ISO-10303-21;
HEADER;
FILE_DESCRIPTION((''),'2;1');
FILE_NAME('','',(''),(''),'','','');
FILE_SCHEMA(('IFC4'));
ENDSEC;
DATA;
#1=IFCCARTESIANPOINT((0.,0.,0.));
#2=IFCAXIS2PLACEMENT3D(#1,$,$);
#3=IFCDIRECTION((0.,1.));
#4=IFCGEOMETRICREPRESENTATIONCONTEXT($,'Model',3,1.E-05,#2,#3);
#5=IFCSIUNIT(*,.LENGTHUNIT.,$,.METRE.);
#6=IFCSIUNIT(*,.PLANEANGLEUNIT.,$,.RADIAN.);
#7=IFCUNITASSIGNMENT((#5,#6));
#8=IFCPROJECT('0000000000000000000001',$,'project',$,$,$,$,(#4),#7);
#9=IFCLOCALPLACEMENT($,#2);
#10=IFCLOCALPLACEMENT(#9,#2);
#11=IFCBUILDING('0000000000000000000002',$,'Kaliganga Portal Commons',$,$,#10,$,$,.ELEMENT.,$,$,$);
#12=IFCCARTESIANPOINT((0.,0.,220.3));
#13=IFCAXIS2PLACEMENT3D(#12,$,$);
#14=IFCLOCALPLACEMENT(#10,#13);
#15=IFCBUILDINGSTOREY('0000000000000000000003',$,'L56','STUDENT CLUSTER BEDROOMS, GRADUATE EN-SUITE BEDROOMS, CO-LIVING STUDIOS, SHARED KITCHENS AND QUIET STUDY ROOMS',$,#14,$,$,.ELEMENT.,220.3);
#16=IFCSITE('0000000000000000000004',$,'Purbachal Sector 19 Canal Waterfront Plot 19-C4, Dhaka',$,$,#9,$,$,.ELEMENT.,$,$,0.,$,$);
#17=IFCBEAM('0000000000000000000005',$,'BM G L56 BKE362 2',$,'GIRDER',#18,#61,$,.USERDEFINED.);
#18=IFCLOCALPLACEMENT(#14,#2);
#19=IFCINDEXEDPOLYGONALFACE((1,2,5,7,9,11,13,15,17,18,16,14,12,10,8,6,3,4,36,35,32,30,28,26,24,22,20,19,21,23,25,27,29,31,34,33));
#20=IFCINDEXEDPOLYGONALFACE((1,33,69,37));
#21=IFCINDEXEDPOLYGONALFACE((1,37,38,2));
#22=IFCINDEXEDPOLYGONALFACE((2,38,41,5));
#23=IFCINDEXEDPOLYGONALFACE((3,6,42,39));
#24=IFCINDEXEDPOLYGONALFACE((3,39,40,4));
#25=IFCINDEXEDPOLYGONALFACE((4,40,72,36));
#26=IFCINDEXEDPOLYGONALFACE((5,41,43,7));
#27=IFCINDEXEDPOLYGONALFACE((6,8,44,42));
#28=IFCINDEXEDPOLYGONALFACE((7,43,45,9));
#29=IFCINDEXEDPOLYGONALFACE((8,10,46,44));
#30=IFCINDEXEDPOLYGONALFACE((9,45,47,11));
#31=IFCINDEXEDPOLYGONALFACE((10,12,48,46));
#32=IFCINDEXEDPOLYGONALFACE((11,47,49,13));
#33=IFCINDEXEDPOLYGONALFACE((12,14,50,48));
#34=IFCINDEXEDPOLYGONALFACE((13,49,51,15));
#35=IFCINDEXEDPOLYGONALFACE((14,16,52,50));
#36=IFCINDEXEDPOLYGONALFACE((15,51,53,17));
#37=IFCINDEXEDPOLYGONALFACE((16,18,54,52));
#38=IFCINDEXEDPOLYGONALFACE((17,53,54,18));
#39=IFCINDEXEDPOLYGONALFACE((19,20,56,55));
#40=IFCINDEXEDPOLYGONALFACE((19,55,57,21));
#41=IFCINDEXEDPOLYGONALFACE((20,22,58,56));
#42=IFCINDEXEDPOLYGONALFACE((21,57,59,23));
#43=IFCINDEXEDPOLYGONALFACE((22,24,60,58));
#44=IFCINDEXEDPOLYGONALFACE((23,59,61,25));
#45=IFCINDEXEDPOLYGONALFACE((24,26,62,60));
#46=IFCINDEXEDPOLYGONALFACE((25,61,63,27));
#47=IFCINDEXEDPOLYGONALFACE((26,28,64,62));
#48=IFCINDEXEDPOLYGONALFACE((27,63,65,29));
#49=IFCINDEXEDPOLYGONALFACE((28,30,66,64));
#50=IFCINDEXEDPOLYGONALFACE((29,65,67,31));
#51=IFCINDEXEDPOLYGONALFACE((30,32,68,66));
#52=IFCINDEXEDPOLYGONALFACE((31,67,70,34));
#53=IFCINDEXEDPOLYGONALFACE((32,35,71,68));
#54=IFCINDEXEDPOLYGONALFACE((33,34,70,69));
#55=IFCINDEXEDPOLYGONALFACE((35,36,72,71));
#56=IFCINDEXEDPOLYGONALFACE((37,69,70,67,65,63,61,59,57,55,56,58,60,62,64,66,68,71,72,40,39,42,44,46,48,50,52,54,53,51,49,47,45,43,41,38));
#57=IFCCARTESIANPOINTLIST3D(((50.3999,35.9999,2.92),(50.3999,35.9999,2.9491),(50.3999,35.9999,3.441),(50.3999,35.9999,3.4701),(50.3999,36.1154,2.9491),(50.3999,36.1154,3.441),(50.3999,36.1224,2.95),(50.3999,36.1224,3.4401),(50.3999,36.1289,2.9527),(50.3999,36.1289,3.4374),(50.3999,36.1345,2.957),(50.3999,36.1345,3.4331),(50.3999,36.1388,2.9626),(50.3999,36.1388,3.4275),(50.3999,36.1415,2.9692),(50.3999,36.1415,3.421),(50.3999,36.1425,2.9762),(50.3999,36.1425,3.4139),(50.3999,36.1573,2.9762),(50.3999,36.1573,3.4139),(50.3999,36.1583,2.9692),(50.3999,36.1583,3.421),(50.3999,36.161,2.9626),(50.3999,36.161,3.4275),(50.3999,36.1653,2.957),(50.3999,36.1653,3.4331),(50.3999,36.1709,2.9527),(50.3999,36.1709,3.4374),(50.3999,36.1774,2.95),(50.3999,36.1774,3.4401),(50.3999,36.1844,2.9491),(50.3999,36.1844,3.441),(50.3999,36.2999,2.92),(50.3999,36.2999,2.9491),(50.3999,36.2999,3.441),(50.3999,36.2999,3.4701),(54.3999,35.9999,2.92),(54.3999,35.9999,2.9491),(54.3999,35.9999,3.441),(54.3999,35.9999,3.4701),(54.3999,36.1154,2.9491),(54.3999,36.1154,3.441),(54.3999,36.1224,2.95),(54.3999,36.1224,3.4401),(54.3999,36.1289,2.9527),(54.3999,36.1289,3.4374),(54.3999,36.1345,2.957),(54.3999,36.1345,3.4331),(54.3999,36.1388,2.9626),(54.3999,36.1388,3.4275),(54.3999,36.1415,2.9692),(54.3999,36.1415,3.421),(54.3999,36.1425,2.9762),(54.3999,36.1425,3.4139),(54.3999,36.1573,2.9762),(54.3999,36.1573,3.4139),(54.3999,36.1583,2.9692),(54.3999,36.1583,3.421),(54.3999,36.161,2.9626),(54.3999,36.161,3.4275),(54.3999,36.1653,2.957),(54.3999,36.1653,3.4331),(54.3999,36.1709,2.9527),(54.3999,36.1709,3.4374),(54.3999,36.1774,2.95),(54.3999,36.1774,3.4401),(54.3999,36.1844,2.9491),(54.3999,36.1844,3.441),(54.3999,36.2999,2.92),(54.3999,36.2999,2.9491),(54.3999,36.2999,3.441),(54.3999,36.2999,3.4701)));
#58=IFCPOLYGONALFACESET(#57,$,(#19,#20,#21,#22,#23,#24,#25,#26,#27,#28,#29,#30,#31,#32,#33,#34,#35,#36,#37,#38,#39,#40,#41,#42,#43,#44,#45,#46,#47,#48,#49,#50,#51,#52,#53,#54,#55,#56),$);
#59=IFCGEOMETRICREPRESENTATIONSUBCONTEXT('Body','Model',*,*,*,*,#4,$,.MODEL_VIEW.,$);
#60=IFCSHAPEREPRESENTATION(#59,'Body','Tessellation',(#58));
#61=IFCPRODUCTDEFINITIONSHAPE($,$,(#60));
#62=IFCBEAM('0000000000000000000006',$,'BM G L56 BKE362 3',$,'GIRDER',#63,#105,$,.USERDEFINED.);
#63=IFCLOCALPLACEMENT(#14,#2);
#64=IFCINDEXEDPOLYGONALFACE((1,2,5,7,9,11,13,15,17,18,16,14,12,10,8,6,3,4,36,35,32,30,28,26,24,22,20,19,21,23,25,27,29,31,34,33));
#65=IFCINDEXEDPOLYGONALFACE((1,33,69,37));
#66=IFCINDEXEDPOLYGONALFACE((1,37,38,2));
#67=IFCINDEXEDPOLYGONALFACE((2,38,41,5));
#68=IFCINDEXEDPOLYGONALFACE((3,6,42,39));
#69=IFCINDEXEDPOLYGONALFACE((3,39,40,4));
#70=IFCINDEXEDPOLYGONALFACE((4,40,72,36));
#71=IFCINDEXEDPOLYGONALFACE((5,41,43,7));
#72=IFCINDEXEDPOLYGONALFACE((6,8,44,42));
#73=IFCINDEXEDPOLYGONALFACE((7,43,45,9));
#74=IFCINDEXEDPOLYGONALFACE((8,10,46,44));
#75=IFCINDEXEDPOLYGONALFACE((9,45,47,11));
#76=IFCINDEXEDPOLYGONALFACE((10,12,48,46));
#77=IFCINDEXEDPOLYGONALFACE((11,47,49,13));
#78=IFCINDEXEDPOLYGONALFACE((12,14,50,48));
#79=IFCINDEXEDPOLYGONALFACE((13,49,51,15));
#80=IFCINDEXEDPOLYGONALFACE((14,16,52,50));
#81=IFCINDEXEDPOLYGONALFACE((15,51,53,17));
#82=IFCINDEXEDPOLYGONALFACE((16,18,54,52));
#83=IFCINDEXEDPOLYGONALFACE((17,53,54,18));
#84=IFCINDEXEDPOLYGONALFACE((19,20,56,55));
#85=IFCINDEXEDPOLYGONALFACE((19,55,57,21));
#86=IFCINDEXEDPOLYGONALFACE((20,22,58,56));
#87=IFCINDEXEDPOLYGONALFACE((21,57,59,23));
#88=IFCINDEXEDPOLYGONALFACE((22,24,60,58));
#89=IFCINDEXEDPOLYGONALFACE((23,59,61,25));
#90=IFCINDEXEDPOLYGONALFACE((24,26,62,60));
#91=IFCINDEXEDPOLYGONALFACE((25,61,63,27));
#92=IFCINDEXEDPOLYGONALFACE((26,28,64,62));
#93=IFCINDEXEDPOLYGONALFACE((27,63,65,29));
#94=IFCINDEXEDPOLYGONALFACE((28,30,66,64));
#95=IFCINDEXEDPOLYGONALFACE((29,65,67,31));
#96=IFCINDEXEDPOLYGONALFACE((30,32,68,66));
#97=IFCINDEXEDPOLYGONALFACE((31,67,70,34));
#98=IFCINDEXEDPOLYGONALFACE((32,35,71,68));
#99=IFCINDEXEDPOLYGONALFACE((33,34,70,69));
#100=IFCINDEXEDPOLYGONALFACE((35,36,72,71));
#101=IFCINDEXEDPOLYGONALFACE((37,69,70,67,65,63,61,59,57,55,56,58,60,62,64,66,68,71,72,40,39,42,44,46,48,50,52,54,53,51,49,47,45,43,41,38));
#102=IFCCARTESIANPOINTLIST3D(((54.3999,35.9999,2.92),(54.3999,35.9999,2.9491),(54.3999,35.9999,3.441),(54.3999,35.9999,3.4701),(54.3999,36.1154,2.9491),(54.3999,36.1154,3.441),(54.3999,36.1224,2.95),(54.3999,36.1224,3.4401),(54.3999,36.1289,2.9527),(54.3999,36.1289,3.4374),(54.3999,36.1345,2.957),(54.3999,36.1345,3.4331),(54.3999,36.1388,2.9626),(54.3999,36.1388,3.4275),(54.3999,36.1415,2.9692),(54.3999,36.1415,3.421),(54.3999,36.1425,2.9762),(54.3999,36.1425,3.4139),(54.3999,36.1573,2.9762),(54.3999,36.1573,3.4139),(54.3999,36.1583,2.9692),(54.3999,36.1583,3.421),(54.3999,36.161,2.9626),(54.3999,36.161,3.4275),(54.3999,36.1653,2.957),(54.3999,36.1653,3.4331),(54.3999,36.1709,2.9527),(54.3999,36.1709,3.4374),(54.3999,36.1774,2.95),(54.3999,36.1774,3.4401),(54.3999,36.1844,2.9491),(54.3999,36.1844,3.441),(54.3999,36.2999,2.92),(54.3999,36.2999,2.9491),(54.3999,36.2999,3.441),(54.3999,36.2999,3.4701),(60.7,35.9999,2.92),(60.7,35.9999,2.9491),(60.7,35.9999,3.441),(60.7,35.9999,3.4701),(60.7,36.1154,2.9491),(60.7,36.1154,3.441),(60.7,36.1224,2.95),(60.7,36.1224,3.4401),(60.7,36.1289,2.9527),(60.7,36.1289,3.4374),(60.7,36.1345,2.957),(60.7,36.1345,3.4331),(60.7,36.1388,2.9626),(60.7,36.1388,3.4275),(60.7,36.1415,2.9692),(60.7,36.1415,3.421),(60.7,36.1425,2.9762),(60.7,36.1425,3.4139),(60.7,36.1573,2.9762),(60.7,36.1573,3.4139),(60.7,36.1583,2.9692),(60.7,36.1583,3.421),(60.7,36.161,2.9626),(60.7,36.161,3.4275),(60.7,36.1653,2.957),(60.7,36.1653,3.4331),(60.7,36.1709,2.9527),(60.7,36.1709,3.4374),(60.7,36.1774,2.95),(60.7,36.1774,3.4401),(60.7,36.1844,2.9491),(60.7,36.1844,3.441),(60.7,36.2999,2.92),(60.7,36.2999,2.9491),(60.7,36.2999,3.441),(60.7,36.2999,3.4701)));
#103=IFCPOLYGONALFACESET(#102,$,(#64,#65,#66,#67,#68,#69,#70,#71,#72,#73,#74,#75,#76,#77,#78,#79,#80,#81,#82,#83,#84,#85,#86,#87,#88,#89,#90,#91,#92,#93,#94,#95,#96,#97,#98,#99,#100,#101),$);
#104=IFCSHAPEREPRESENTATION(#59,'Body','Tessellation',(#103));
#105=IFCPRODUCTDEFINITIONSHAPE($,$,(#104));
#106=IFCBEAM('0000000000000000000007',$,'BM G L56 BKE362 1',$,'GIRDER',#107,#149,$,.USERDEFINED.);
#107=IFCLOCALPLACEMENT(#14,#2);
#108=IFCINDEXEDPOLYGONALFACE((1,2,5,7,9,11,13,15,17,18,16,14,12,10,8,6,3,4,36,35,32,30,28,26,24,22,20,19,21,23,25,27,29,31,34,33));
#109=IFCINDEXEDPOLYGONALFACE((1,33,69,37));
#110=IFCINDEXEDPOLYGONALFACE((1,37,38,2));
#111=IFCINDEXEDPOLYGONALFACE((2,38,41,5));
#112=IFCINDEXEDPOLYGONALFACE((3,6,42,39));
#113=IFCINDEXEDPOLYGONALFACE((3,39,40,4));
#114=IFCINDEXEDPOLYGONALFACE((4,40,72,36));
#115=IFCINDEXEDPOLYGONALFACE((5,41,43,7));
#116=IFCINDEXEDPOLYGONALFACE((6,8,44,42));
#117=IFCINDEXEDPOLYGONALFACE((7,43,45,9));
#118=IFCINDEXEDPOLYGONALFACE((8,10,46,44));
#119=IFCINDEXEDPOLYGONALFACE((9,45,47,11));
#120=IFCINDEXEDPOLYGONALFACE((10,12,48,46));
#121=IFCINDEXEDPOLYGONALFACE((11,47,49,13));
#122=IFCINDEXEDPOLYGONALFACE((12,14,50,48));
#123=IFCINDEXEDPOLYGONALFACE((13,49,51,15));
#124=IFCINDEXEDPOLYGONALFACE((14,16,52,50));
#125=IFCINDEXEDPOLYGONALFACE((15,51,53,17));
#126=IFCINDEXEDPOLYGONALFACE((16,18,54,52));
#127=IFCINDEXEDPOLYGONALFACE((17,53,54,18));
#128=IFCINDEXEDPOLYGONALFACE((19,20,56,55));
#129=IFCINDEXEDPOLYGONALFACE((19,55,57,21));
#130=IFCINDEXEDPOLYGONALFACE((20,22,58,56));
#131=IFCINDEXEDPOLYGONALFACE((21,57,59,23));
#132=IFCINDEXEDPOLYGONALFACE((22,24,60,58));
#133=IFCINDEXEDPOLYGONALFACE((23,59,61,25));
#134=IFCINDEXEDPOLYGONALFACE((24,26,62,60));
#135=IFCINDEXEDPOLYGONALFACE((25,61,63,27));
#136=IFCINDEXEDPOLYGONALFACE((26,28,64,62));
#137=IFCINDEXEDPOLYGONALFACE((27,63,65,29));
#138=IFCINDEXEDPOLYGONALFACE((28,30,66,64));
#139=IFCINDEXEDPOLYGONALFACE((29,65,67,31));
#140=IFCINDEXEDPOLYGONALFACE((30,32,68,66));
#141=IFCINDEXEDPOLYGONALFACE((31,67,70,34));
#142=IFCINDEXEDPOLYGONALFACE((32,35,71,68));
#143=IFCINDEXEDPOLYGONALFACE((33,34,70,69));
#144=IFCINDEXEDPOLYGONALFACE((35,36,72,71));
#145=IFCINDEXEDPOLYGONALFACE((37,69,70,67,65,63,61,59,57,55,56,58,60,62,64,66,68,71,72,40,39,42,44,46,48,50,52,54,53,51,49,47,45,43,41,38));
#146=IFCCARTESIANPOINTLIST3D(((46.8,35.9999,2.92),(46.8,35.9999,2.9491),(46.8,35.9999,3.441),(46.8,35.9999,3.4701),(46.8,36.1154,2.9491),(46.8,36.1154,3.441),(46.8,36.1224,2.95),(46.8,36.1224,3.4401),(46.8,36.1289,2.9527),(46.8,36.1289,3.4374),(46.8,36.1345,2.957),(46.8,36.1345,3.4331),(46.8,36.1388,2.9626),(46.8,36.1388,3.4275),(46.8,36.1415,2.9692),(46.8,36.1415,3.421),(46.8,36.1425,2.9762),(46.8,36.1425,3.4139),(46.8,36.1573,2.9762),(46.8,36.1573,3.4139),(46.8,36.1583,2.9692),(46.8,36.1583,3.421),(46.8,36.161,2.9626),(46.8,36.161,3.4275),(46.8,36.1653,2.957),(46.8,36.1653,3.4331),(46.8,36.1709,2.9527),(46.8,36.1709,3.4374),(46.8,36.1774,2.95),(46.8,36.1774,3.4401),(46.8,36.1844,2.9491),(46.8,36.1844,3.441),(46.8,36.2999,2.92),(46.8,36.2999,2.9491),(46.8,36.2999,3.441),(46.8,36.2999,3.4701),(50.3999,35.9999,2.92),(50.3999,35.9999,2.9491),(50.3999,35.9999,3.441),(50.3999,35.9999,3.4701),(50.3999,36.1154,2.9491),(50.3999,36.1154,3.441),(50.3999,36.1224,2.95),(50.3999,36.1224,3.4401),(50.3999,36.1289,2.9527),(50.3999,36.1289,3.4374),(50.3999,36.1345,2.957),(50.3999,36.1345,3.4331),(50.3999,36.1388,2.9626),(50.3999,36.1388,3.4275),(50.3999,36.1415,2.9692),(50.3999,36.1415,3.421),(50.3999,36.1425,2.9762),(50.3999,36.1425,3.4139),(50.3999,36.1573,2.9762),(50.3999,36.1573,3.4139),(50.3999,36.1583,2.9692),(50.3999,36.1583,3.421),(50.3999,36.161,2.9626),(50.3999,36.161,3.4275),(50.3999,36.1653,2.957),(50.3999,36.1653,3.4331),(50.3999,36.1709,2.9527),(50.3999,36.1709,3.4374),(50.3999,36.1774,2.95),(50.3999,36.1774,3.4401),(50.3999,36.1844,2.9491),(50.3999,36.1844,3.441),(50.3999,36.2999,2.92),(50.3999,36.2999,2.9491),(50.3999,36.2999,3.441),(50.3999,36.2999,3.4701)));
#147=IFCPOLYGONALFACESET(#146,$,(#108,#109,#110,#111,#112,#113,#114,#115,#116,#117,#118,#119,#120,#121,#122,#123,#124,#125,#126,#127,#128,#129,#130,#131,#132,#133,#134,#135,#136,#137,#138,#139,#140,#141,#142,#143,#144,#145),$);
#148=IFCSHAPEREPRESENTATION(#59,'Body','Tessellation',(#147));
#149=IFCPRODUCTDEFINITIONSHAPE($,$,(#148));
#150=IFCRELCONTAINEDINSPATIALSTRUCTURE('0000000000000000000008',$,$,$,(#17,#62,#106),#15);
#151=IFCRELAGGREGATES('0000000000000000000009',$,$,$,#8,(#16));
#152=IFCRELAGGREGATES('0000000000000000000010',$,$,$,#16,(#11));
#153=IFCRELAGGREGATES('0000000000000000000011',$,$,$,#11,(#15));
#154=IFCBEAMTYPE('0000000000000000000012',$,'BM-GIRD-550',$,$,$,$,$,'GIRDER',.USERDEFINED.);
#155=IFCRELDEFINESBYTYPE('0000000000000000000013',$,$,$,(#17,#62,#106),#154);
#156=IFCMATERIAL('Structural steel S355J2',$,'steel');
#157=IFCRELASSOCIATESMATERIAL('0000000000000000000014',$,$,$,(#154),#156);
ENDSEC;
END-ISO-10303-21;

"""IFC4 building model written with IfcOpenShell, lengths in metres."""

from ifc_helpers import new_model, si_unit, direction, frame, origin, origin_2d, place, context, subcontext, project, spatial, i_section, extrude, source, transform, mapped, material, material_profile, profile_set, type_object, element, save


model = new_model("IFC4")

# Units and contexts
model_context = context("Model", 3, precision=1e-05, world=origin(), true_north=direction((0.0, 1.0)))
body_context = subcontext(model_context, "Body", "Model", "MODEL_VIEW")
ifc_project = project(units=[si_unit("LENGTHUNIT", "METRE"), si_unit("PLANEANGLEUNIT", "RADIAN")], contexts=[model_context])

# Site, building, storey
site_placement = place(None, origin())
site = spatial("IfcSite", under=ifc_project, at=site_placement, Name="Purbachal Sector 19 Canal Waterfront Plot 19-C4, Dhaka", CompositionType="ELEMENT", RefElevation=0.0)
building_placement = place(site_placement, origin())
building = spatial("IfcBuilding", under=site, at=building_placement, Name="Kaliganga Portal Commons", CompositionType="ELEMENT")
storey_placement = place(building_placement, frame((0.0, 0.0, 220.3)))
storey = spatial("IfcBuildingStorey", under=building, at=storey_placement, Name="L56", Description="STUDENT CLUSTER BEDROOMS, GRADUATE EN-SUITE BEDROOMS, CO-LIVING STUDIOS, SHARED KITCHENS AND QUIET STUDY ROOMS", CompositionType="ELEMENT", Elevation=220.3)

# Shared definitions
ifc_material_1 = material(Name="Structural steel S355J2", Category="steel")

# Beams
ifc_material_profile_1 = material_profile(ifc_material_1, i_section(OverallWidth=0.3, OverallDepth=0.55, WebThickness=0.0149, FlangeThickness=0.0291, FilletRadius=0.0271, at=origin_2d()), Name="HE 550 B")
ifc_profile_set_1 = profile_set([ifc_material_profile_1], Name="Structural steel S355J2 wide-flange")
beam_type_1 = type_object("IfcBeamType", Name="BM-GIRD-550", ElementType="GIRDER", PredefinedType="USERDEFINED", material=ifc_profile_set_1)
shared_shape_1 = source(origin(), body_context, "Body", "SweptSolid", [
    extrude(i_section(OverallWidth=0.3, OverallDepth=0.55, WebThickness=0.0149, FlangeThickness=0.0291, FilletRadius=0.0271, at=origin_2d()), origin(), (0.0, 0.0, 1.0), 4.0),
])
beam_1_placement = place(storey_placement, frame((50.3999, 36.1499, 3.1951), z_axis=(1.0, 0.0, 0.0), x_axis=(0.0, 1.0, 0.0)))
element("IfcBeam", 1, at=beam_1_placement, inside=storey, type_object=beam_type_1, Name="BM G L56 BKE362 2", ObjectType="GIRDER", PredefinedType="USERDEFINED", context=body_context, shape_type="MappedRepresentation", body=[
    mapped(shared_shape_1, transform((0.0, 0.0, 0.0), x_axis=(1.0, 0.0, 0.0), y_axis=(0.0, 1.0, 0.0), z_axis=(0.0, 0.0, 1.0), scale=1.0)),
])
shared_shape_2 = source(origin(), body_context, "Body", "SweptSolid", [
    extrude(i_section(OverallWidth=0.3, OverallDepth=0.55, WebThickness=0.0149, FlangeThickness=0.0291, FilletRadius=0.0271, at=origin_2d()), origin(), (0.0, 0.0, 1.0), 6.3),
])
beam_2_placement = place(storey_placement, frame((54.3999, 36.1499, 3.1951), z_axis=(1.0, 0.0, 0.0), x_axis=(0.0, 1.0, 0.0)))
element("IfcBeam", 2, at=beam_2_placement, inside=storey, type_object=beam_type_1, Name="BM G L56 BKE362 3", ObjectType="GIRDER", PredefinedType="USERDEFINED", context=body_context, shape_type="MappedRepresentation", body=[
    mapped(shared_shape_2, transform((0.0, 0.0, 0.0), x_axis=(1.0, 0.0, 0.0), y_axis=(0.0, 1.0, 0.0), z_axis=(0.0, 0.0, 1.0), scale=1.0)),
])
shared_shape_3 = source(origin(), body_context, "Body", "SweptSolid", [
    extrude(i_section(OverallWidth=0.3, OverallDepth=0.55, WebThickness=0.0149, FlangeThickness=0.0291, FilletRadius=0.0271, at=origin_2d()), origin(), (0.0, 0.0, 1.0), 3.5999),
])
beam_3_placement = place(storey_placement, frame((46.8, 36.1499, 3.1951), z_axis=(1.0, 0.0, 0.0), x_axis=(0.0, 1.0, 0.0)))
element("IfcBeam", 3, at=beam_3_placement, inside=storey, type_object=beam_type_1, Name="BM G L56 BKE362 1", ObjectType="GIRDER", PredefinedType="USERDEFINED", context=body_context, shape_type="MappedRepresentation", body=[
    mapped(shared_shape_3, transform((0.0, 0.0, 0.0), x_axis=(1.0, 0.0, 0.0), y_axis=(0.0, 1.0, 0.0), z_axis=(0.0, 0.0, 1.0), scale=1.0)),
])

save(model, "model.ifc")
